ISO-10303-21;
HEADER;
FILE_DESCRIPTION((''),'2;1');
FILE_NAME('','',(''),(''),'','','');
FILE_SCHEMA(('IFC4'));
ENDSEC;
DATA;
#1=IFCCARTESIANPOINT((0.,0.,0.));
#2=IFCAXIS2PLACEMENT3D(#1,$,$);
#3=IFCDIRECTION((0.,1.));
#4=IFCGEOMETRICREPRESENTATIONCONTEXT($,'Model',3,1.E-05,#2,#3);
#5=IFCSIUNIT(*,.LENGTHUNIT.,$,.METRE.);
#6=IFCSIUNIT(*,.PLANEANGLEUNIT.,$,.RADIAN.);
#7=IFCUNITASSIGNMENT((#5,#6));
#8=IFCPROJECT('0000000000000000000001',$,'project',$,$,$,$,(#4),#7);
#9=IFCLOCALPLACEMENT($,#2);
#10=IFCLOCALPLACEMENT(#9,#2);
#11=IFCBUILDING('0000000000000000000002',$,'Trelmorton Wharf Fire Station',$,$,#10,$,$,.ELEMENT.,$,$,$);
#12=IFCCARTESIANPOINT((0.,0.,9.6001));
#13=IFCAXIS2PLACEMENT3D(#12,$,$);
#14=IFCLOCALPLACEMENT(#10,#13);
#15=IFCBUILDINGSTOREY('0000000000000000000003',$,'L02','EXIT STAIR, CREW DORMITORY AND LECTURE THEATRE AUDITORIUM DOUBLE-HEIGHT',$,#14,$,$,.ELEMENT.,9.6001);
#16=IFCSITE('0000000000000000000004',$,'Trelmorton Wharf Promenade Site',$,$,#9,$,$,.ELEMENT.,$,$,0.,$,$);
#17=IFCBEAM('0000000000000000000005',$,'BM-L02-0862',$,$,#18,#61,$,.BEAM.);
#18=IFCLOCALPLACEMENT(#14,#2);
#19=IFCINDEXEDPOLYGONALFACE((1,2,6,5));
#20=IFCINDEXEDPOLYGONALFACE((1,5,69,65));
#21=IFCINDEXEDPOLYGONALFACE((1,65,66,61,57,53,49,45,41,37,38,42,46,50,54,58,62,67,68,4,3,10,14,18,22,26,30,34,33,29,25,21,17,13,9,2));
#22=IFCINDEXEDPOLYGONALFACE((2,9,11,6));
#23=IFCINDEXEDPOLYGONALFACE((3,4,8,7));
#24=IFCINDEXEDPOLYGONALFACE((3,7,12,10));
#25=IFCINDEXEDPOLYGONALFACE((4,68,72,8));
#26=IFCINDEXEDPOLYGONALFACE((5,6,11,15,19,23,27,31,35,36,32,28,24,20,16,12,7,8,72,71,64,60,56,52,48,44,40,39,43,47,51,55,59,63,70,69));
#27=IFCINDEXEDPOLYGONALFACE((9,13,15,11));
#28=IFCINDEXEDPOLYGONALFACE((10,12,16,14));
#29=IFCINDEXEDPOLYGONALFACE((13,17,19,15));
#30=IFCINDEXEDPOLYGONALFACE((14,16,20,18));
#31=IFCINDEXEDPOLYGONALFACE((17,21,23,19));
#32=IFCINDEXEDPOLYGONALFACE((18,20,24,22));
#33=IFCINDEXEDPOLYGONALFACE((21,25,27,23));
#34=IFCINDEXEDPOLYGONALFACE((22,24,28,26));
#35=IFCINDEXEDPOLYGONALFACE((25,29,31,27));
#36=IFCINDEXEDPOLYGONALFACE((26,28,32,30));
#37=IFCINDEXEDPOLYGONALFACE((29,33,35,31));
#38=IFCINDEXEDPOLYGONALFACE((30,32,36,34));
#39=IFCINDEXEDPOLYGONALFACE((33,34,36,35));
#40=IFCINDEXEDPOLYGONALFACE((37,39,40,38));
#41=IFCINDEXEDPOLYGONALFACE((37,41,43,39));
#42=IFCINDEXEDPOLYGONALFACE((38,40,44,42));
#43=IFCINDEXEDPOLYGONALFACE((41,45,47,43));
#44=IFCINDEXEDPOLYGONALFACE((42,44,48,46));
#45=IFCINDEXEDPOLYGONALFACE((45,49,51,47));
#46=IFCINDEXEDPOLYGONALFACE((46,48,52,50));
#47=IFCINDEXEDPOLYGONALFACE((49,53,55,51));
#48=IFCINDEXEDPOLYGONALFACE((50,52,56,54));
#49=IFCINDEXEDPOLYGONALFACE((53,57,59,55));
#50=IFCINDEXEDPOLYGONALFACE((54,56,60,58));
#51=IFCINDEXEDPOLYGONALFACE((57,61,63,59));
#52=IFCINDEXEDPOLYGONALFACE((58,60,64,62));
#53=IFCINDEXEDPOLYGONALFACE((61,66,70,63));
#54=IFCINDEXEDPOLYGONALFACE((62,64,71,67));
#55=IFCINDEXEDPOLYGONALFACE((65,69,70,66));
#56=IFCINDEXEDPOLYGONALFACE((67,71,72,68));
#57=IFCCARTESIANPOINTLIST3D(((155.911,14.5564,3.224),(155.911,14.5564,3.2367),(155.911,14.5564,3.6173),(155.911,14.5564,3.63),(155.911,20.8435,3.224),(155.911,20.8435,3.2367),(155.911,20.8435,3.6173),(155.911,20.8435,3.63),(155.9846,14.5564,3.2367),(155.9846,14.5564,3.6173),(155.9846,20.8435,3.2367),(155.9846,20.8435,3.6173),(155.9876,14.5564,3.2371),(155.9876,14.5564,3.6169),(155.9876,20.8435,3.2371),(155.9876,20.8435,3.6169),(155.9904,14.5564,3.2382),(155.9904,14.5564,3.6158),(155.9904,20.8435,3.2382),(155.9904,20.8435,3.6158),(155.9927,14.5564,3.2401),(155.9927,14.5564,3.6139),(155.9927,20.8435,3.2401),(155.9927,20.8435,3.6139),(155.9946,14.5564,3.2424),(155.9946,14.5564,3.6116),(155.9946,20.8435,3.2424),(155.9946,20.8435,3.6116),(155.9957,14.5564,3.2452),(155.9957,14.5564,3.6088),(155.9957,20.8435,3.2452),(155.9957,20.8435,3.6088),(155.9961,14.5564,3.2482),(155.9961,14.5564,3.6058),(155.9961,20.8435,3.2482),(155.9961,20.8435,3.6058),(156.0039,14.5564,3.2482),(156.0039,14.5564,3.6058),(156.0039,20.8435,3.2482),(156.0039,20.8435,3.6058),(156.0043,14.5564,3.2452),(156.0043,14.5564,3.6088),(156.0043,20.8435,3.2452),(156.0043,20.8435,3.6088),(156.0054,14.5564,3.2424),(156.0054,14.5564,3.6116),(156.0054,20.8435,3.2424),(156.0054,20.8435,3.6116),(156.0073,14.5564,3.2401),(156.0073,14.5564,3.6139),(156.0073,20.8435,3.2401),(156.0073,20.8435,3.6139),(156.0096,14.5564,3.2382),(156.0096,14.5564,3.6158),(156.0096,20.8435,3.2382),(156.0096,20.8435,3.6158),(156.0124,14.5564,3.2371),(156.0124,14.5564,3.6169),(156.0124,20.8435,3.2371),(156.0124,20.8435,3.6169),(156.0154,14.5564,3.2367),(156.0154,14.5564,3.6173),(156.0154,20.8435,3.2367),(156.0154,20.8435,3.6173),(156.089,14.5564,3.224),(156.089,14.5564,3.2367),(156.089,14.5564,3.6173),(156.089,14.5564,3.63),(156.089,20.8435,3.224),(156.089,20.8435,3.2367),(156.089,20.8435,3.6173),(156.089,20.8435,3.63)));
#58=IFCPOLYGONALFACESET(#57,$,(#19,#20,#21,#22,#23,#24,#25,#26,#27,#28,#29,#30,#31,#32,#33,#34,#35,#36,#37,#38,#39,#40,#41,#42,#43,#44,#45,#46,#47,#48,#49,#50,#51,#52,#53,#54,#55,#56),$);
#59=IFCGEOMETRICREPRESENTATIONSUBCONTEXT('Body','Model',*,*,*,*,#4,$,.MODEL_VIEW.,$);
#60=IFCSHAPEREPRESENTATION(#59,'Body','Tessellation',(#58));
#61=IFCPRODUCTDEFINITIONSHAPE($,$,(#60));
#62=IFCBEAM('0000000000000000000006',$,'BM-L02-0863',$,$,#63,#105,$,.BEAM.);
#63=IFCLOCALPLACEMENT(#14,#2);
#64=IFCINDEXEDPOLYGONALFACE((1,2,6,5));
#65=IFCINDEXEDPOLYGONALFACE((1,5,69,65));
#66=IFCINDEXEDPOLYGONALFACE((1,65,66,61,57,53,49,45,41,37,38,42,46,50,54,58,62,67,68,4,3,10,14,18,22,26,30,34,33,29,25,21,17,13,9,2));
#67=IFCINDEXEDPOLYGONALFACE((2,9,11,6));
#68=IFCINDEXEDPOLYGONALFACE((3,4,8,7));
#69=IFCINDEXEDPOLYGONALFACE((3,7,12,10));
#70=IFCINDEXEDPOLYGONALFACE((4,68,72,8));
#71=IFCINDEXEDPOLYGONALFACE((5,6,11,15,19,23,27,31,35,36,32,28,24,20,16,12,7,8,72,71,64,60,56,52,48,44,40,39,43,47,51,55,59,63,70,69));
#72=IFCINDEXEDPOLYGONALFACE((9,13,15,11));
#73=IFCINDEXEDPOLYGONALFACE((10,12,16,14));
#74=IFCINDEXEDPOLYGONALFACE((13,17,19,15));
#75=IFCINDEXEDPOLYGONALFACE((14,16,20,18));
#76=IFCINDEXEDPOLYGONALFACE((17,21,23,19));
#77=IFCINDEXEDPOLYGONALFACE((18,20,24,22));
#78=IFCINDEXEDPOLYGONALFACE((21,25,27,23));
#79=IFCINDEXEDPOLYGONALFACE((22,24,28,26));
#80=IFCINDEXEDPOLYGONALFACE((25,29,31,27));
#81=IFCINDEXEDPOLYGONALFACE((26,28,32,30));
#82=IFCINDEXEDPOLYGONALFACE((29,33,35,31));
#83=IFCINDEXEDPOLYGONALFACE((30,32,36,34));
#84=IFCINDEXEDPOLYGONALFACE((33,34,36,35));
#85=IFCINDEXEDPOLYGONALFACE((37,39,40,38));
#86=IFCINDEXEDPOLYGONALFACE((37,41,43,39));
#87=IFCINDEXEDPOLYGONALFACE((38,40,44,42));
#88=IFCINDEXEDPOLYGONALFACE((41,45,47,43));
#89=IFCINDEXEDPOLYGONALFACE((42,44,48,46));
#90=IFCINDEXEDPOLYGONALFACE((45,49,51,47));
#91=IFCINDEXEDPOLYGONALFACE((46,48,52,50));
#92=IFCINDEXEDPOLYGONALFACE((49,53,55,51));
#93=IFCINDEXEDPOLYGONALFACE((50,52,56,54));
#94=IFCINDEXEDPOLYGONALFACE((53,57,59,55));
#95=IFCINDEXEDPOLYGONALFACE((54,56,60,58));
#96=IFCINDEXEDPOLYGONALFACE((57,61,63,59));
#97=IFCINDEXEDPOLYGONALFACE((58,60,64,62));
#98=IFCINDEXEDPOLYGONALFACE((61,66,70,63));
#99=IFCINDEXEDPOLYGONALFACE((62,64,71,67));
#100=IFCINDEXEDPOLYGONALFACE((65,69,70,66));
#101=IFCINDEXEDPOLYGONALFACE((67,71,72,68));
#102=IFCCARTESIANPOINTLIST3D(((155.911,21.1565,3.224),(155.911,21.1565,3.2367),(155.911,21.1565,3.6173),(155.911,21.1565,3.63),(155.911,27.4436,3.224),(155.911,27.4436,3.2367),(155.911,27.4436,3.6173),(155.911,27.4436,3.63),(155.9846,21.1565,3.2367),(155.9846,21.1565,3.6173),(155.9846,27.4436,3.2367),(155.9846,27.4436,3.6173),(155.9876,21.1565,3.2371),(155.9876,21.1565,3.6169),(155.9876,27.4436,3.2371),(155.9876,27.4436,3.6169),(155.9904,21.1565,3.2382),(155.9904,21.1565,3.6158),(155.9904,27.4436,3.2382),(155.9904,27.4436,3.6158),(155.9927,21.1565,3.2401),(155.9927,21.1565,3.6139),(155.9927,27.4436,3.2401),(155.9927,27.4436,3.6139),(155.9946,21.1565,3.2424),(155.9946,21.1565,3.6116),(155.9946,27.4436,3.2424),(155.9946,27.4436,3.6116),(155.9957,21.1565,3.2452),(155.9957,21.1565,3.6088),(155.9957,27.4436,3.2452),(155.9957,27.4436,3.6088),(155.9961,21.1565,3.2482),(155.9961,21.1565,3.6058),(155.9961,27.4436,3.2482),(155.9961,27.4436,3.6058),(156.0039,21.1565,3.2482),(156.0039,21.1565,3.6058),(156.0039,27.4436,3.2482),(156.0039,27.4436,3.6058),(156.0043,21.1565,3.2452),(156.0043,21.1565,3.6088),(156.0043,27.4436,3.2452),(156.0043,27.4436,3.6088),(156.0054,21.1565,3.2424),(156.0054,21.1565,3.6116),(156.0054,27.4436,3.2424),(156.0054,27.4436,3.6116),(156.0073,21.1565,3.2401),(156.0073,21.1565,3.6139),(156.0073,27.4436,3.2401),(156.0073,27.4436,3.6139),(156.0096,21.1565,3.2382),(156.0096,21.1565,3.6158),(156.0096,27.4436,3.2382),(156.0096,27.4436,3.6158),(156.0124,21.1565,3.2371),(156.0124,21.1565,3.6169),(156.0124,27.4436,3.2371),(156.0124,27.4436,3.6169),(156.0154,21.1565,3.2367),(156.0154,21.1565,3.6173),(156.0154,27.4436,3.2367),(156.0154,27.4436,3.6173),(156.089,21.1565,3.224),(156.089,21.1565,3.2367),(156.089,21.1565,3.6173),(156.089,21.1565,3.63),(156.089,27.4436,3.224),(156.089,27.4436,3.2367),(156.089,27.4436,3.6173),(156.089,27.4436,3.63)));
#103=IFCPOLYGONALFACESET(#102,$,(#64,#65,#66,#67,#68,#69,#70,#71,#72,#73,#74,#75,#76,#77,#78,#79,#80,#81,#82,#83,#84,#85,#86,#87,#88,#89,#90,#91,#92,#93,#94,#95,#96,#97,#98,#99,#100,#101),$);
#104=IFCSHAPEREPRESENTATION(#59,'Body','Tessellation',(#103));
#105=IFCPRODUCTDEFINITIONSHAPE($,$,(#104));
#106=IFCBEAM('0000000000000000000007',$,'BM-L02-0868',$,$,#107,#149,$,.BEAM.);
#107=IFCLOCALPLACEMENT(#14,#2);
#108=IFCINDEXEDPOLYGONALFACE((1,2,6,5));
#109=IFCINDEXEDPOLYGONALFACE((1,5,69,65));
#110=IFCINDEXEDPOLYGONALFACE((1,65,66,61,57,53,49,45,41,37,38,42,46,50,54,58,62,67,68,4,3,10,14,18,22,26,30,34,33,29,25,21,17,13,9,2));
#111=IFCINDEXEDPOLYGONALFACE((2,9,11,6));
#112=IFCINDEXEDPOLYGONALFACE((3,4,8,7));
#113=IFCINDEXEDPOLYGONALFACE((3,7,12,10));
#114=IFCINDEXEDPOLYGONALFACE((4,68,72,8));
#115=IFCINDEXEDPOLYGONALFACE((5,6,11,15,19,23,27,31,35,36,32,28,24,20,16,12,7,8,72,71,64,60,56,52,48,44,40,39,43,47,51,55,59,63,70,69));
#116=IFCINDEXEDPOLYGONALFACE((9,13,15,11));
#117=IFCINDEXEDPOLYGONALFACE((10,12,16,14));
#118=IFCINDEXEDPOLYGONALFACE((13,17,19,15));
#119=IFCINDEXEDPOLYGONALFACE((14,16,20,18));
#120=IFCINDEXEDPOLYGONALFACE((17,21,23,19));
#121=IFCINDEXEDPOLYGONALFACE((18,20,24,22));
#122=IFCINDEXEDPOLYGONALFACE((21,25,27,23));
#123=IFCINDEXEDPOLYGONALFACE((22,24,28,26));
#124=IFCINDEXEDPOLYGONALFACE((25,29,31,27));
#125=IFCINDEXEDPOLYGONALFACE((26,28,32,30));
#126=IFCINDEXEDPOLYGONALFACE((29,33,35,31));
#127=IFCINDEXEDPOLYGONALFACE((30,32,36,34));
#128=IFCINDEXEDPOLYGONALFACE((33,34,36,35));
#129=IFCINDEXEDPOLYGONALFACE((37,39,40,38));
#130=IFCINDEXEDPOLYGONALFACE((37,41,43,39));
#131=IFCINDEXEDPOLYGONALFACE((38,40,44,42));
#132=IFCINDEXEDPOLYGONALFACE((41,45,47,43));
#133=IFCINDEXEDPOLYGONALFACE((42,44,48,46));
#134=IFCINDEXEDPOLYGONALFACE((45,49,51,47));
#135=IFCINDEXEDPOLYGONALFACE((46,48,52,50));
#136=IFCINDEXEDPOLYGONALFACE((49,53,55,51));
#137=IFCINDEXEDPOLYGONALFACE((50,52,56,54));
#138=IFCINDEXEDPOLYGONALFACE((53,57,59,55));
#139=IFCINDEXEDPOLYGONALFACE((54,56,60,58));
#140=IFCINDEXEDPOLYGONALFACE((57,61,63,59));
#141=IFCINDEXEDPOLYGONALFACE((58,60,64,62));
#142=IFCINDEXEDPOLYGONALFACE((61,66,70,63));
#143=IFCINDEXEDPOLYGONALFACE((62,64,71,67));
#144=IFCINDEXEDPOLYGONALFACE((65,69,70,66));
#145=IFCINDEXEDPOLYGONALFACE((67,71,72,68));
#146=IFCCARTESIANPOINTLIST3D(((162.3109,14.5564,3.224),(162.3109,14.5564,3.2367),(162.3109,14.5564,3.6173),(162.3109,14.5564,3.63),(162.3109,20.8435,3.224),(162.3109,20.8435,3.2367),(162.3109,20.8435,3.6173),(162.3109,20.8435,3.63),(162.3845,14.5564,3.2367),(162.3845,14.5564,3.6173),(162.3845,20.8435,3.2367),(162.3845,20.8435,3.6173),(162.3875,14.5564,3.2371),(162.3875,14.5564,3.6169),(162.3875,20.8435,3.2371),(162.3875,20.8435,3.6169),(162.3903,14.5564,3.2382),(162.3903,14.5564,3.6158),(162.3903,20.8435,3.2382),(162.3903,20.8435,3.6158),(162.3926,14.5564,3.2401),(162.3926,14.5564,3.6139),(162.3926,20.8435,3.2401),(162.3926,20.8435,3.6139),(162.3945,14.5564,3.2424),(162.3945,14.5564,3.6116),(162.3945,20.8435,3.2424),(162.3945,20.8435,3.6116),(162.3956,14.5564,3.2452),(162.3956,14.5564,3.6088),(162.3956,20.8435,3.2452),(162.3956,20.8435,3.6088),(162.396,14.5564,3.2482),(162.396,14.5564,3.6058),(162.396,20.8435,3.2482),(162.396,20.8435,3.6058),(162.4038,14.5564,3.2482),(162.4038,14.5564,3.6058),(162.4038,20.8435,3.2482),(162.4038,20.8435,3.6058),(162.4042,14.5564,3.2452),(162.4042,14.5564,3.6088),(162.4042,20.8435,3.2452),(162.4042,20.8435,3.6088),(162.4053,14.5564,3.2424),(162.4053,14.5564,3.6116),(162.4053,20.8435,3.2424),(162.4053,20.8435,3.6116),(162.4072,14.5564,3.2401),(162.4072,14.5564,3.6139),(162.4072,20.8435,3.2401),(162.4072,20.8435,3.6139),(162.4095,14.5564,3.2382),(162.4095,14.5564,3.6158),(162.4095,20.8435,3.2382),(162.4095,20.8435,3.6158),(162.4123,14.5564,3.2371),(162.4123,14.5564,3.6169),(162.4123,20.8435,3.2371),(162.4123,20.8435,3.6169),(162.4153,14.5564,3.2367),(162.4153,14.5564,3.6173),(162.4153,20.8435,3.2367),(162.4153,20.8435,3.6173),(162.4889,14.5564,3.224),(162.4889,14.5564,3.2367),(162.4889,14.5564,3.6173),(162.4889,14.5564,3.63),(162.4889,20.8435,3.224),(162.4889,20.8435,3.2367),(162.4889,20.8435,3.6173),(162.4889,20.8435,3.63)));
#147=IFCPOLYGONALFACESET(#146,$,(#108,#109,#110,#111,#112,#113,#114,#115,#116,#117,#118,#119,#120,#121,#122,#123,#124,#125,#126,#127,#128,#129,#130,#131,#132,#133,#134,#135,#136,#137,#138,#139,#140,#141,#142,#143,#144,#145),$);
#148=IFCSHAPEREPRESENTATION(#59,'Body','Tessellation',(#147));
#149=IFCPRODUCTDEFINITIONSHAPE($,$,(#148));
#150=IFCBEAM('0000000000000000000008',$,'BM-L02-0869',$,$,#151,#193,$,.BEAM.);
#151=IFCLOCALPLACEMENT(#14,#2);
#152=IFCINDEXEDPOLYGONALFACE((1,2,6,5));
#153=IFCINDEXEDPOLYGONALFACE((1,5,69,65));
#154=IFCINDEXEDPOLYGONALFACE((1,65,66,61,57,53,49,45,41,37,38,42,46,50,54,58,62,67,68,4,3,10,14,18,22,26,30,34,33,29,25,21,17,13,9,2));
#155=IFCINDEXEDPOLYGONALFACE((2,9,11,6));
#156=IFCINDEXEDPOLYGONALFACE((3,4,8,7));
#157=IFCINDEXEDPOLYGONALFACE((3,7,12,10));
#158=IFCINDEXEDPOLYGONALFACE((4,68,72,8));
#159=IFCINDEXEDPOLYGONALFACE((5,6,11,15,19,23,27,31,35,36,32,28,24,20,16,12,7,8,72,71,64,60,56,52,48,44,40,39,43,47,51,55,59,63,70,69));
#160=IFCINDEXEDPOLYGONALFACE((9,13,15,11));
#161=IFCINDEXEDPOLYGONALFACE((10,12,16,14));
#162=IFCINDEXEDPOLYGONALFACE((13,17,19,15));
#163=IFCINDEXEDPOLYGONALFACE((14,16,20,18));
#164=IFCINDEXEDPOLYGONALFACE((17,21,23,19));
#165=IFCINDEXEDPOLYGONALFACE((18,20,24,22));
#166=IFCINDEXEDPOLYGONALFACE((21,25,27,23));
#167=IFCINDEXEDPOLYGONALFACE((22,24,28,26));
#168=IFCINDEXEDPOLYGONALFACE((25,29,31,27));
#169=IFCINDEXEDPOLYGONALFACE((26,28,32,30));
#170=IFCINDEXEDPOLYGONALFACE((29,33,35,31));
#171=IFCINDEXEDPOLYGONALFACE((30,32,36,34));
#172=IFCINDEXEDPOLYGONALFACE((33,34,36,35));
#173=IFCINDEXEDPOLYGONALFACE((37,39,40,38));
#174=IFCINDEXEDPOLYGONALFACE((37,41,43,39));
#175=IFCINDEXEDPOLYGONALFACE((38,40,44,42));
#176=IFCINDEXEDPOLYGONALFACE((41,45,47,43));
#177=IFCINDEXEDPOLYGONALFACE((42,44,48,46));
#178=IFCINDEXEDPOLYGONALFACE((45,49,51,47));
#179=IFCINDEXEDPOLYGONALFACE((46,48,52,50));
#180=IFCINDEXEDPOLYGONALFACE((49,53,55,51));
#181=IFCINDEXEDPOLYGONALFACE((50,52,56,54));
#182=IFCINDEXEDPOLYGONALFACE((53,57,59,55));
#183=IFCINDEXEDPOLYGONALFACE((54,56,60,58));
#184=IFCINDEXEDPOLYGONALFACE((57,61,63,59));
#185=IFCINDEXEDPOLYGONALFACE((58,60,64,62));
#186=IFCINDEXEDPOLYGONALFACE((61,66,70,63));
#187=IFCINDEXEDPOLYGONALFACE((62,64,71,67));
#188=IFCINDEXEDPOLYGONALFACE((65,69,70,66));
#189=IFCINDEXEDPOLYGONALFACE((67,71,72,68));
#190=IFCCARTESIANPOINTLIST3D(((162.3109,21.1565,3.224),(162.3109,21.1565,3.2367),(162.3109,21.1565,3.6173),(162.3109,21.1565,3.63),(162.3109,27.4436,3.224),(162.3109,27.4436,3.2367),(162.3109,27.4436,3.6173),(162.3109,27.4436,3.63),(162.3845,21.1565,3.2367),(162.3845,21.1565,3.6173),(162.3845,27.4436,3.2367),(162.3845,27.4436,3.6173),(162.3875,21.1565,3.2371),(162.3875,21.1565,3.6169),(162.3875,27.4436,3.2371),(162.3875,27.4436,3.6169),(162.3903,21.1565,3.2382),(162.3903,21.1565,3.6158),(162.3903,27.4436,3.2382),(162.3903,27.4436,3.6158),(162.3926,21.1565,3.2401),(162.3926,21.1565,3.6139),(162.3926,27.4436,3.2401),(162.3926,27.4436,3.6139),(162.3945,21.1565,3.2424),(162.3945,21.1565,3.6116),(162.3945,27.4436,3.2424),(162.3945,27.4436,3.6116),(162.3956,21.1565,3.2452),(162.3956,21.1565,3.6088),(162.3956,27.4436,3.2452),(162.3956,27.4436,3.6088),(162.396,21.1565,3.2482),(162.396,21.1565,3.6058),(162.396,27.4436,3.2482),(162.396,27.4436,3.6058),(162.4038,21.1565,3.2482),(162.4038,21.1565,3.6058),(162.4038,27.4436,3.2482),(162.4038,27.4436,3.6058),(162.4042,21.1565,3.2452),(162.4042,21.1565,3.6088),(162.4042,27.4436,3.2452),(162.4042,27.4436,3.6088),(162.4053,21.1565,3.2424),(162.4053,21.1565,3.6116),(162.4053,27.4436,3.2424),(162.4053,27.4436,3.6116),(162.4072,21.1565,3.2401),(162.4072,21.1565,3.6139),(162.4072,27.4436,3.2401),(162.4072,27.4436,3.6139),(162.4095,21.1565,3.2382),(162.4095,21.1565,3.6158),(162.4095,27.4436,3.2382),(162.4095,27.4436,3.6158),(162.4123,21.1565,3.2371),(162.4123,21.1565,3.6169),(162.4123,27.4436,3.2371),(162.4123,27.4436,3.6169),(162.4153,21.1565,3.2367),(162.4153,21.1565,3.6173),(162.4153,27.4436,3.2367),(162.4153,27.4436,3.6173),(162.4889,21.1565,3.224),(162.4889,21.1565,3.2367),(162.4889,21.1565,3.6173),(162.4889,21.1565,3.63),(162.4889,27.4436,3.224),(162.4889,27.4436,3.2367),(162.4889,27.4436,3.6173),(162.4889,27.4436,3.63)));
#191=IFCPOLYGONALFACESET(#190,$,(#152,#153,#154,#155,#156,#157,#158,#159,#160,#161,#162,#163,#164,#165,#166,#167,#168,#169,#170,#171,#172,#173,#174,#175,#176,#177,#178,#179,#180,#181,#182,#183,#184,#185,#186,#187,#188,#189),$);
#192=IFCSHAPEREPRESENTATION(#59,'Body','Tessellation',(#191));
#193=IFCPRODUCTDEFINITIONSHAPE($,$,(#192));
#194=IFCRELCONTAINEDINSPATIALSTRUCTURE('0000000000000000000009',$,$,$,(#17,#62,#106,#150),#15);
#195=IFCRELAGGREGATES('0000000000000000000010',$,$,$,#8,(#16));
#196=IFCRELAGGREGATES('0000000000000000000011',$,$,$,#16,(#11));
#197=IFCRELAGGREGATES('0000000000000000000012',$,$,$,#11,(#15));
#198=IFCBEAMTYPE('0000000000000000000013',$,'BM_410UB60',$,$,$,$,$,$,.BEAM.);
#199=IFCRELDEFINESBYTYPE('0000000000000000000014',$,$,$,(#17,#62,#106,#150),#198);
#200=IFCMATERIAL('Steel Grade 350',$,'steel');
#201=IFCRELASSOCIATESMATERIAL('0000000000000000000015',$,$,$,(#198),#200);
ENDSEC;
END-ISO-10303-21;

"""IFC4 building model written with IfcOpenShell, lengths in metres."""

from ifc_helpers import new_model, si_unit, direction, frame, origin, origin_2d, place, context, subcontext, project, spatial, i_section, extrude, material, material_profile, profile_set, type_object, element, save


model = new_model("IFC4")

# Units and contexts
model_context = context("Model", 3, precision=1e-05, world=origin(), true_north=direction((0.0, 1.0)))
body_context = subcontext(model_context, "Body", "Model", "MODEL_VIEW")
ifc_project = project(units=[si_unit("LENGTHUNIT", "METRE"), si_unit("PLANEANGLEUNIT", "RADIAN")], contexts=[model_context])

# Site, building, storey
site_placement = place(None, origin())
site = spatial("IfcSite", under=ifc_project, at=site_placement, Name="Trelmorton Wharf Promenade Site", CompositionType="ELEMENT", RefElevation=0.0)
building_placement = place(site_placement, origin())
building = spatial("IfcBuilding", under=site, at=building_placement, Name="Trelmorton Wharf Fire Station", CompositionType="ELEMENT")
storey_placement = place(building_placement, frame((0.0, 0.0, 9.6001)))
storey = spatial("IfcBuildingStorey", under=building, at=storey_placement, Name="L02", Description="EXIT STAIR, CREW DORMITORY AND LECTURE THEATRE AUDITORIUM DOUBLE-HEIGHT", CompositionType="ELEMENT", Elevation=9.6001)

# Shared definitions
ifc_material_1 = material(Name="Steel Grade 350", Category="steel")

# Beams
ifc_material_profile_1 = material_profile(ifc_material_1, i_section(OverallWidth=0.178, OverallDepth=0.406, WebThickness=0.0078, FlangeThickness=0.0127, FilletRadius=0.0115, at=origin_2d()), Name="410UB59.7")
ifc_profile_set_1 = profile_set([ifc_material_profile_1], Name="Steel Grade 350")
beam_type_1 = type_object("IfcBeamType", Name="BM_410UB60", PredefinedType="BEAM", material=ifc_profile_set_1)
for number, where, z_axis, x_axis, name in (
    (1, (156.0, 14.5564, 3.427), (0.0, 1.0, 0.0), (-1.0, 0.0, 0.0), "BM-L02-0862"),
    (2, (156.0, 21.1565, 3.427), (0.0, 1.0, 0.0), (-1.0, 0.0, 0.0), "BM-L02-0863"),
    (3, (162.3999, 14.5564, 3.427), (0.0, 1.0, 0.0), (-1.0, 0.0, 0.0), "BM-L02-0868"),
    (4, (162.3999, 21.1565, 3.427), (0.0, 1.0, 0.0), (-1.0, 0.0, 0.0), "BM-L02-0869"),
):
    element("IfcBeam", number, at=place(storey_placement, frame(where, z_axis=z_axis, x_axis=x_axis)), inside=storey, type_object=beam_type_1, Name=name, PredefinedType="BEAM", context=body_context, shape_type="SweptSolid", body=[
        extrude(i_section(OverallWidth=0.178, OverallDepth=0.406, WebThickness=0.0078, FlangeThickness=0.0127, FilletRadius=0.0115, at=origin_2d()), origin(), (0.0, 0.0, 1.0), 6.2871),
    ])

save(model, "model.ifc")
